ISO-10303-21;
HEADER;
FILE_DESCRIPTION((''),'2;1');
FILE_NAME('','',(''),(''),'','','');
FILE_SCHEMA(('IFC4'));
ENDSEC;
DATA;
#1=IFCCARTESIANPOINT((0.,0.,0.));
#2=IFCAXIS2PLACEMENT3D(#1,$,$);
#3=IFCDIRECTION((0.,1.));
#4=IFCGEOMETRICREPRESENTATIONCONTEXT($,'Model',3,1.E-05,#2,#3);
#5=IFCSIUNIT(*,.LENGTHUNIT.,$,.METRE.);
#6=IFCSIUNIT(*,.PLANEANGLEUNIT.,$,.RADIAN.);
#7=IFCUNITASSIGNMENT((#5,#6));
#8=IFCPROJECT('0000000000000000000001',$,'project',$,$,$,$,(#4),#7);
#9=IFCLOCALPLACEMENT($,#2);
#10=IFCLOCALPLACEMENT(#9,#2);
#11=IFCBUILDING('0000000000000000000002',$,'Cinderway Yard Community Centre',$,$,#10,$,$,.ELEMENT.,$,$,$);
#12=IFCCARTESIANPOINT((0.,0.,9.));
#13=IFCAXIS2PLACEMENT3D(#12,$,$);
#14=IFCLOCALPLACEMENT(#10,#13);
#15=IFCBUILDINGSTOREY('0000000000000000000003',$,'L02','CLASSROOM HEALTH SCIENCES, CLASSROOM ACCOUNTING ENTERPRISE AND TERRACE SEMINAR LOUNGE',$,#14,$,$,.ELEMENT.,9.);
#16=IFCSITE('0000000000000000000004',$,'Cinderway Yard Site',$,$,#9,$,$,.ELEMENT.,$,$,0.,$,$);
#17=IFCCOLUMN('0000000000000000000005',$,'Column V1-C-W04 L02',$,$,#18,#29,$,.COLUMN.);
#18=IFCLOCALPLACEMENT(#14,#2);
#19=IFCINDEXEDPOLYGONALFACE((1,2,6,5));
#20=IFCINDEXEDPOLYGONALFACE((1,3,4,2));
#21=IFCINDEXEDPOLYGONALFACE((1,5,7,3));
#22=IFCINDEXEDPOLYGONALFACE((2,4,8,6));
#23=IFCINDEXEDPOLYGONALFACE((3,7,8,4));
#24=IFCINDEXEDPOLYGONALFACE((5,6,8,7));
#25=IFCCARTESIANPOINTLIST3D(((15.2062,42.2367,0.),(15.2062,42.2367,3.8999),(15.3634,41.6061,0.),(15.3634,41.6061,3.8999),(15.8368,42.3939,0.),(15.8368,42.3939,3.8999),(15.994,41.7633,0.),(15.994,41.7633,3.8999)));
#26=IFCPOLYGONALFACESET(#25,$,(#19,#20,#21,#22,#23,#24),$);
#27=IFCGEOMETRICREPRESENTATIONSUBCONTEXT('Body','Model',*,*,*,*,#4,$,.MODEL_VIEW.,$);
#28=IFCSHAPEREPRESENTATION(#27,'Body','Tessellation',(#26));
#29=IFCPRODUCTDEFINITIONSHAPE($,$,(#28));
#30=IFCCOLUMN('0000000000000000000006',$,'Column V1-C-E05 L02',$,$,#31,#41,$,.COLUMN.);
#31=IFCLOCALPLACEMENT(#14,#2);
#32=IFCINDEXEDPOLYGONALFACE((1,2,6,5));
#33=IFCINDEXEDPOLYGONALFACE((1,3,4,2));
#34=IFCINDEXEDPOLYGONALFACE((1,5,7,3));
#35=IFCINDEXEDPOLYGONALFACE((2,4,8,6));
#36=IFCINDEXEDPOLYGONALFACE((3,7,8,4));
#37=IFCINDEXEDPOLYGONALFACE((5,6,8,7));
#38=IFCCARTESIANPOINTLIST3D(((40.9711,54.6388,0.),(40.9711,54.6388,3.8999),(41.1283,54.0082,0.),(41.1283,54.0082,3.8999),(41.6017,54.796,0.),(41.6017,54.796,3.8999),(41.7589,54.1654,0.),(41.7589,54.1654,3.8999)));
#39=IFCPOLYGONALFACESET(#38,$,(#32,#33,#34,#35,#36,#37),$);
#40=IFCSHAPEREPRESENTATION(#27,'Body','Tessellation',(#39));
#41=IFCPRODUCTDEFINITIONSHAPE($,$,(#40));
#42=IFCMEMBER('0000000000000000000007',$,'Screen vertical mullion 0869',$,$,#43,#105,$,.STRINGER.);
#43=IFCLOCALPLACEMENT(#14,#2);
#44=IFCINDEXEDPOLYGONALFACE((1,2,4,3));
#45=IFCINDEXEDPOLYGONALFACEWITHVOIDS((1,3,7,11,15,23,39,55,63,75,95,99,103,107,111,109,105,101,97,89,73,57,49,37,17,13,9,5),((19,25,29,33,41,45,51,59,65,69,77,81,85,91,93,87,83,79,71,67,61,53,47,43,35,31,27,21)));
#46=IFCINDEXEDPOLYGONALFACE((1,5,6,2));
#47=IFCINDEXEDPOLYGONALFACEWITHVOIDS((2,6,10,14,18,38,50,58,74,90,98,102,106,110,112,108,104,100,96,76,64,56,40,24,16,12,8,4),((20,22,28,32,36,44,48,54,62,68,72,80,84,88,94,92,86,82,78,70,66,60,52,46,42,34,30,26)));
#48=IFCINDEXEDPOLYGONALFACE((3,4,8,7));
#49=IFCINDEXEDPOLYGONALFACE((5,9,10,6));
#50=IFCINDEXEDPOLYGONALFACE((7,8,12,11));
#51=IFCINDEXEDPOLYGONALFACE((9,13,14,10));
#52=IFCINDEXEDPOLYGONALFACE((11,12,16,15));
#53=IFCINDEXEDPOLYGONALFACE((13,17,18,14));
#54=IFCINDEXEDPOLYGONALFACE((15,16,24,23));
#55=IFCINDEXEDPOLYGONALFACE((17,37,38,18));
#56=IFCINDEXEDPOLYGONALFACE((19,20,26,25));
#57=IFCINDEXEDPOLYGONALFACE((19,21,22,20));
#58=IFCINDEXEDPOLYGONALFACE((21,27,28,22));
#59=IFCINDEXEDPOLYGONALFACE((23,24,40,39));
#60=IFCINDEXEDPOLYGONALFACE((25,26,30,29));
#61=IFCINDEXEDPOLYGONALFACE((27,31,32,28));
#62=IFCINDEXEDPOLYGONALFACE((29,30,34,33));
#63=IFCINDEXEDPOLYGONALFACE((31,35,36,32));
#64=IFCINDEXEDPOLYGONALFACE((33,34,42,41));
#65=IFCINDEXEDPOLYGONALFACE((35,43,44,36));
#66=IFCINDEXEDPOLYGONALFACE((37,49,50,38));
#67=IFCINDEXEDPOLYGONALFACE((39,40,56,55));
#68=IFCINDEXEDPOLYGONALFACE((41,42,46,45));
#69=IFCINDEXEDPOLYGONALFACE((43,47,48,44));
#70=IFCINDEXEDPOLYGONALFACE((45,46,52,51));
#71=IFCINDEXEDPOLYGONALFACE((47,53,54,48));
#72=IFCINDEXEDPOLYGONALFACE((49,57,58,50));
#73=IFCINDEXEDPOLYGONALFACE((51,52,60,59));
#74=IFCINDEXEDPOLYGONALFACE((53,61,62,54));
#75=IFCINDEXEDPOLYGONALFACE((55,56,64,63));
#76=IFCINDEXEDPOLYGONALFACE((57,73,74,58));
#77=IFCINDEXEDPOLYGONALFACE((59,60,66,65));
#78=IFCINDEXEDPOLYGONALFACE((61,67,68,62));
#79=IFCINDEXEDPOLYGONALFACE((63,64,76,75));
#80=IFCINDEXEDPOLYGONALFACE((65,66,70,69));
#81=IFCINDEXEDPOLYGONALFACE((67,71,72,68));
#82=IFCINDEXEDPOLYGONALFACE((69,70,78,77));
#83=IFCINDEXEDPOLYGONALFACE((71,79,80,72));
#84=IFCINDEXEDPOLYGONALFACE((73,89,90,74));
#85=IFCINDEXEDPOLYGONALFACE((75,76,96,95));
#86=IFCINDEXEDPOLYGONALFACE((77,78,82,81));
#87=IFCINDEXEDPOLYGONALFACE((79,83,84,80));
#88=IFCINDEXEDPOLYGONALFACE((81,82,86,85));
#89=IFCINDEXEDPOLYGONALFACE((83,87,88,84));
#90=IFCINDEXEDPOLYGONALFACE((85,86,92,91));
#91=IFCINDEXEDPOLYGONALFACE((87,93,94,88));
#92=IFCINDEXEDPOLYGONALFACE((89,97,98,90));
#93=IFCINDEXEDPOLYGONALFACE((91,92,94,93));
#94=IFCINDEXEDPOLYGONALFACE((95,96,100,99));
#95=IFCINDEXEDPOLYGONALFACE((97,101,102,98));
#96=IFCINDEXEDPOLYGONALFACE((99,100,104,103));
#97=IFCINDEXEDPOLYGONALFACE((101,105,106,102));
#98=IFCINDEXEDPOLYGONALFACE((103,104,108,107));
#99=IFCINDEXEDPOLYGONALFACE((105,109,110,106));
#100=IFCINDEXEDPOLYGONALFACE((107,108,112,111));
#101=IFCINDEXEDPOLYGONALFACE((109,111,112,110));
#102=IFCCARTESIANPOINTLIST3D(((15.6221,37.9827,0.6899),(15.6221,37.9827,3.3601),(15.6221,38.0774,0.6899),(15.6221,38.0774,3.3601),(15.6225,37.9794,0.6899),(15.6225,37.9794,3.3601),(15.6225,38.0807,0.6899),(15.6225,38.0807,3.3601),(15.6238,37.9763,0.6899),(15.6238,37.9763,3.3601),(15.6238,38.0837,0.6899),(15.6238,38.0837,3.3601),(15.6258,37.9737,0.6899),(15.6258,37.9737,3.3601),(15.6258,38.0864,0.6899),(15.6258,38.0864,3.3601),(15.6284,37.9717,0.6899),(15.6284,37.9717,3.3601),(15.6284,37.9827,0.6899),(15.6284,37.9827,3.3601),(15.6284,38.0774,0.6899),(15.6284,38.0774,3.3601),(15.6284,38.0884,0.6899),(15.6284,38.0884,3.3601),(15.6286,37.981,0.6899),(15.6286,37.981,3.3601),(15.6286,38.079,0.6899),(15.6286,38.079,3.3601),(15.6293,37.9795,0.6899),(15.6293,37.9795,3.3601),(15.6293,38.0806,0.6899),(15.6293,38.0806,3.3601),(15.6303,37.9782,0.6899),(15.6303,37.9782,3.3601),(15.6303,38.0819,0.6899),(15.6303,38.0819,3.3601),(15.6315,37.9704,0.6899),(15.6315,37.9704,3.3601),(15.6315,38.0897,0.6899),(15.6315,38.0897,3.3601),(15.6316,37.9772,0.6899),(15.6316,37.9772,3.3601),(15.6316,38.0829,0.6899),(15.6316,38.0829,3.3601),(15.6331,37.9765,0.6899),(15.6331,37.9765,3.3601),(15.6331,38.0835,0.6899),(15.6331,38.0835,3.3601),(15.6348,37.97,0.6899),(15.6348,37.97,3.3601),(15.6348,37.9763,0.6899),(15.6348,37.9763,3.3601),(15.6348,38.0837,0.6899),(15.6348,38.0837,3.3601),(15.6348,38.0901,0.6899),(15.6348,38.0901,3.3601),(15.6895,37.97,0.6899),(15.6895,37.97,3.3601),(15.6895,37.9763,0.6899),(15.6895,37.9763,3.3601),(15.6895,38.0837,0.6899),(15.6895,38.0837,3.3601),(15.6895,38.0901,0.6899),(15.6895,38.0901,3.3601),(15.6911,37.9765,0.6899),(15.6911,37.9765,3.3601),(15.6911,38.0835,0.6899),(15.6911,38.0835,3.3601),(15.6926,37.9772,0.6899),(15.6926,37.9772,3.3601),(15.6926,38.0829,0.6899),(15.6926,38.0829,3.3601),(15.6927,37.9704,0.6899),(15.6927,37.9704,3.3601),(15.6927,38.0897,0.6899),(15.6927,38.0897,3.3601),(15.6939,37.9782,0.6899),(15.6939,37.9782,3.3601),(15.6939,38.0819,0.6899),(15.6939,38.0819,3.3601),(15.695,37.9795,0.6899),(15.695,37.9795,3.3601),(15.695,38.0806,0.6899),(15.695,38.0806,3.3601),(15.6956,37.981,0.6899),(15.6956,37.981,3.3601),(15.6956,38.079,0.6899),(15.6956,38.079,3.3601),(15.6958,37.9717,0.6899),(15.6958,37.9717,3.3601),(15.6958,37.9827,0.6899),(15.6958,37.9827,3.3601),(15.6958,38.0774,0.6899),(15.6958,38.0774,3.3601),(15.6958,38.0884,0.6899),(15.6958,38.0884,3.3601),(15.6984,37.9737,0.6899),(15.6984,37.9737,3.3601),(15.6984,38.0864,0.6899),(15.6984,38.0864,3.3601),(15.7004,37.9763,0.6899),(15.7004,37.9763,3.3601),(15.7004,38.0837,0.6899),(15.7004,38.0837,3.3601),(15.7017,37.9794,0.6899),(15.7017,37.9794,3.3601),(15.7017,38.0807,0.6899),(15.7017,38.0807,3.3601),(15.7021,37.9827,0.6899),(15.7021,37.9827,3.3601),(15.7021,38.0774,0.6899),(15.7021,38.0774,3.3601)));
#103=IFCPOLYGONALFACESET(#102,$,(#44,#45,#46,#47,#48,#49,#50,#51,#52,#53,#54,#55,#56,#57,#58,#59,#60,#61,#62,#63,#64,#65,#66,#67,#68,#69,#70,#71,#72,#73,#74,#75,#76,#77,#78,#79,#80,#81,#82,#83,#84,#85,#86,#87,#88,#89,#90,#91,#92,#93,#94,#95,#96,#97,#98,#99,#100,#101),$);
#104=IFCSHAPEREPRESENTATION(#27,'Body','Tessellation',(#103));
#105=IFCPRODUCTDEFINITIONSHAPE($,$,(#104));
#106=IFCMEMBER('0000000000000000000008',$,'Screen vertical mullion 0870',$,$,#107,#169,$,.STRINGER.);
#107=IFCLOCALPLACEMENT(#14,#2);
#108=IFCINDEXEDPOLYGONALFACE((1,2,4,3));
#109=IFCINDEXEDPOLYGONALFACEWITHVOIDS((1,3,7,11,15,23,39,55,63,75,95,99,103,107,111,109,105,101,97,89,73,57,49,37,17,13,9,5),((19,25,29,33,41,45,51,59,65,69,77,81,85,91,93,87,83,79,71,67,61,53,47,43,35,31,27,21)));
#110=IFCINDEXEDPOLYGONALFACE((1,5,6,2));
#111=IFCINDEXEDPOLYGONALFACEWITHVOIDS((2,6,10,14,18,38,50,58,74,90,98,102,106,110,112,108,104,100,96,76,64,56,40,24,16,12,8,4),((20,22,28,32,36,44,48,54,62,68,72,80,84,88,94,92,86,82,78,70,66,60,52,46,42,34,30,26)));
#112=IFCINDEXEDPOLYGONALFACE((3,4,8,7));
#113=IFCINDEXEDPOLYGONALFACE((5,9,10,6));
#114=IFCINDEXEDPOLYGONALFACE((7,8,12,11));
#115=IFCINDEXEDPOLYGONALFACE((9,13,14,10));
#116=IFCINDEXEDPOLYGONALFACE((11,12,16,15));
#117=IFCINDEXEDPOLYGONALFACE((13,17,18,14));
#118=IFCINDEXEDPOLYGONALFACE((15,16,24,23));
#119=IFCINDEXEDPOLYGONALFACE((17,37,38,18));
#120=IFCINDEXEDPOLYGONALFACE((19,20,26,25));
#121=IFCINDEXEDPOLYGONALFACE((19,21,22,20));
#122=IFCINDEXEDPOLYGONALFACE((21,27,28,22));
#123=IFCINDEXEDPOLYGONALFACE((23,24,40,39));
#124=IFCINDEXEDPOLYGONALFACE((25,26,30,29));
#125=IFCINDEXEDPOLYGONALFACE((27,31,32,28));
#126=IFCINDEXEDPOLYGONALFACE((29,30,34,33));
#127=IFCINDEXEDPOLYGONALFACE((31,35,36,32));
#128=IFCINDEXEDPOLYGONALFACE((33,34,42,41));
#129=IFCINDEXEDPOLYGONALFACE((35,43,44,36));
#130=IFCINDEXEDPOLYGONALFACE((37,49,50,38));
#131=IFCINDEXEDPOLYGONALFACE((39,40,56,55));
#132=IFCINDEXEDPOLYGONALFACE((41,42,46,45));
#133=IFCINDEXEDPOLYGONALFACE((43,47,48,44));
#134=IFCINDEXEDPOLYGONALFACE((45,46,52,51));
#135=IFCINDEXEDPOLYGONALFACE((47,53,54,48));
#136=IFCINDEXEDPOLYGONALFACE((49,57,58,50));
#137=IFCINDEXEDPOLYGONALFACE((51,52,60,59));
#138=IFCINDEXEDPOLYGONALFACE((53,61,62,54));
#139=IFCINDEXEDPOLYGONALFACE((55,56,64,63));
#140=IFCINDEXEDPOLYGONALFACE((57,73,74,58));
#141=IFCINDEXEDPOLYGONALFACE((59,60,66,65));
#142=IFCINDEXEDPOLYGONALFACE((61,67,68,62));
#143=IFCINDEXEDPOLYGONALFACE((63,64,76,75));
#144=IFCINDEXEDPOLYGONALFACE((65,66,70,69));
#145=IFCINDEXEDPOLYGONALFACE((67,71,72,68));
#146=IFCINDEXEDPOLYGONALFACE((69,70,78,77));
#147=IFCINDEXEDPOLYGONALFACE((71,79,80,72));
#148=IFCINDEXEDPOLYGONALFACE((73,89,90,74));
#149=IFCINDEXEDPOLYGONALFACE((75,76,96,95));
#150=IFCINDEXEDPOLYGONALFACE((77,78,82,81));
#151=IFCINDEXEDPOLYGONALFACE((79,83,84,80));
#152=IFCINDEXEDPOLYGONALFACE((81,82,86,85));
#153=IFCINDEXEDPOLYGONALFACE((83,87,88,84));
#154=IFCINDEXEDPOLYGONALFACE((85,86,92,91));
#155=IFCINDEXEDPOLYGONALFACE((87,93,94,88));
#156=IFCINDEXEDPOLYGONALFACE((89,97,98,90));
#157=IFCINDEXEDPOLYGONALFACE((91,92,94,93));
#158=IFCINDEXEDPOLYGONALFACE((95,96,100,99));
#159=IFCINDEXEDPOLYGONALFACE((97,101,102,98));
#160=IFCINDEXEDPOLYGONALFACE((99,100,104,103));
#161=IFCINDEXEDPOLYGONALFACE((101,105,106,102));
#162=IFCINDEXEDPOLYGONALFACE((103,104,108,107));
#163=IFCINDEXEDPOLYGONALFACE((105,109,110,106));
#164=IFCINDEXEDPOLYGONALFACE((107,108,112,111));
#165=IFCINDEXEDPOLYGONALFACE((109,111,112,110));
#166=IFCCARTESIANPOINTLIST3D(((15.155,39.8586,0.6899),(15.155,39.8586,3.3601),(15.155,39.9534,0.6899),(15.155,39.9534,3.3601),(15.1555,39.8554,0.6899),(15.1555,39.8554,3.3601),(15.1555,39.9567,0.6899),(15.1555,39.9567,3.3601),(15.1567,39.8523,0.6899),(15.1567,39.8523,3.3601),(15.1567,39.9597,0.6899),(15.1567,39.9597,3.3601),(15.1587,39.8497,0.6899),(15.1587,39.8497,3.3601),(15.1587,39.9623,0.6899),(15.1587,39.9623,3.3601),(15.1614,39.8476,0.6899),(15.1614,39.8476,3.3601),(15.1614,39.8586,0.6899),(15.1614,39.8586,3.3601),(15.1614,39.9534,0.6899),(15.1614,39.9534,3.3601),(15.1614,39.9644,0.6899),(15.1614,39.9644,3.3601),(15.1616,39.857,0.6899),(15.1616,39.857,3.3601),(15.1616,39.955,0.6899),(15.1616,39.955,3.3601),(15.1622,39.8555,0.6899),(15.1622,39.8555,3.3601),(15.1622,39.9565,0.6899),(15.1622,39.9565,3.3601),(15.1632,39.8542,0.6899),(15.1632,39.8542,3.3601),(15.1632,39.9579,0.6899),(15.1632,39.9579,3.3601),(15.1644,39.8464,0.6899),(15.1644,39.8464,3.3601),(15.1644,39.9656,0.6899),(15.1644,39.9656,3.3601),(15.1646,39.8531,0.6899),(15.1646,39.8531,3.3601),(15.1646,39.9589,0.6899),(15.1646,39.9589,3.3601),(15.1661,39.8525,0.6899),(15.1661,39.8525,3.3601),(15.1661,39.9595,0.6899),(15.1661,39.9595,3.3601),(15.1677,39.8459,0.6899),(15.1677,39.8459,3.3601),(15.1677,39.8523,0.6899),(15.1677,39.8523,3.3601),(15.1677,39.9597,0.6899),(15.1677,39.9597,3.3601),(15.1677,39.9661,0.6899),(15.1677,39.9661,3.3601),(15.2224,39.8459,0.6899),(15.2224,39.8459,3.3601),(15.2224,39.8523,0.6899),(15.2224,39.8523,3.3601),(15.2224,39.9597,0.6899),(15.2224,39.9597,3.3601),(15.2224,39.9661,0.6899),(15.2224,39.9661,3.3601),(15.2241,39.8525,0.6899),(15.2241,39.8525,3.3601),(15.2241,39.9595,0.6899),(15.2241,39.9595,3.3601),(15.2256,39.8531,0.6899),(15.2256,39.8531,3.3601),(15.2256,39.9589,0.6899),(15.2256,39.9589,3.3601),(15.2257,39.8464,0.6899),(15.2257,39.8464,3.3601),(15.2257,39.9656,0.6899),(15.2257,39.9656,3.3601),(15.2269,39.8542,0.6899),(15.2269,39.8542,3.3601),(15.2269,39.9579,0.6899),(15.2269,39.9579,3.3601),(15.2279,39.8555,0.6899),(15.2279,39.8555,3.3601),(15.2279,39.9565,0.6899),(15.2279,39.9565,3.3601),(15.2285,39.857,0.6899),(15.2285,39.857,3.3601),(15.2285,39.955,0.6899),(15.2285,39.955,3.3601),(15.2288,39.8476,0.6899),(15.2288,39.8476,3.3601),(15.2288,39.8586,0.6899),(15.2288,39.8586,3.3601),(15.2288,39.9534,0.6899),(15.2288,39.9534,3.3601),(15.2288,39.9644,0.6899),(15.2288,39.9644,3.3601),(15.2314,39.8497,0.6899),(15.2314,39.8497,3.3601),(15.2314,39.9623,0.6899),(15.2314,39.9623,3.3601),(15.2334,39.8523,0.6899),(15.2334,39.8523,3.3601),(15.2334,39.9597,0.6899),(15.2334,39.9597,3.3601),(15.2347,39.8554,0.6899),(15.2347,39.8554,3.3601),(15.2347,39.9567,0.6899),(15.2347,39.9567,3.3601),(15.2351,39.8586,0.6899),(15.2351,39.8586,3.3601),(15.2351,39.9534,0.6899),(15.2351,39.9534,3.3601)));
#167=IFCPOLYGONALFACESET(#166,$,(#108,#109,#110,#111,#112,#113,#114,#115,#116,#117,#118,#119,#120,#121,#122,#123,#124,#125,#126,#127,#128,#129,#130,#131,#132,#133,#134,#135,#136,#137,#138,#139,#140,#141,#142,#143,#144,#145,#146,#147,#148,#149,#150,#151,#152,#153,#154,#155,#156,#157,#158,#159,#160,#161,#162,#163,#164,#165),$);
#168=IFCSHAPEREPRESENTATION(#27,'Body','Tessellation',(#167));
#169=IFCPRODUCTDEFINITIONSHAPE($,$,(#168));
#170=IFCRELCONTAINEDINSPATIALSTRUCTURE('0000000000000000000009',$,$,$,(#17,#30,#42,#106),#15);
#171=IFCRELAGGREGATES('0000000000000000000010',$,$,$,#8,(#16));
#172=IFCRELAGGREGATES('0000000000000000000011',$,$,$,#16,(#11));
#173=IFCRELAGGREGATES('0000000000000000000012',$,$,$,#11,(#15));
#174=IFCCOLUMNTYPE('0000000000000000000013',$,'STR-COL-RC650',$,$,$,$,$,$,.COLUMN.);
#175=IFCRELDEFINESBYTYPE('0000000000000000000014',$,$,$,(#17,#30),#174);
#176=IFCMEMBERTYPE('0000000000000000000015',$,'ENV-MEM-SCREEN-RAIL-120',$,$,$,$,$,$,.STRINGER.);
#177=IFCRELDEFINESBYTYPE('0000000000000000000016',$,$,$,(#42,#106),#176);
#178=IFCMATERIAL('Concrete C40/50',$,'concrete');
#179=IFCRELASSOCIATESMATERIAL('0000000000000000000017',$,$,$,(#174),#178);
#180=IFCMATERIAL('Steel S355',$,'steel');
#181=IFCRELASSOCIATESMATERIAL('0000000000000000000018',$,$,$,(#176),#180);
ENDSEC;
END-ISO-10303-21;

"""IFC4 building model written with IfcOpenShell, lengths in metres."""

from ifc_helpers import new_model, si_unit, direction, frame, origin, origin_2d, place, context, subcontext, project, spatial, rectangle, hollow_rectangle, extrude, material, material_profile, profile_set, type_object, element, save


model = new_model("IFC4")

# Units and contexts
model_context = context("Model", 3, precision=1e-05, world=origin(), true_north=direction((0.0, 1.0)))
body_context = subcontext(model_context, "Body", "Model", "MODEL_VIEW")
ifc_project = project(units=[si_unit("LENGTHUNIT", "METRE"), si_unit("PLANEANGLEUNIT", "RADIAN")], contexts=[model_context])

# Site, building, storey
site_placement = place(None, origin())
site = spatial("IfcSite", under=ifc_project, at=site_placement, Name="Cinderway Yard Site", CompositionType="ELEMENT", RefElevation=0.0)
building_placement = place(site_placement, origin())
building = spatial("IfcBuilding", under=site, at=building_placement, Name="Cinderway Yard Community Centre", CompositionType="ELEMENT")
storey_placement = place(building_placement, frame((0.0, 0.0, 9.0)))
storey = spatial("IfcBuildingStorey", under=building, at=storey_placement, Name="L02", Description="CLASSROOM HEALTH SCIENCES, CLASSROOM ACCOUNTING ENTERPRISE AND TERRACE SEMINAR LOUNGE", CompositionType="ELEMENT", Elevation=9.0)

# Columns
ifc_material_1 = material(Name="Concrete C40/50", Category="concrete")
ifc_material_profile_1 = material_profile(ifc_material_1, rectangle(XDim=0.6499, YDim=0.6499, at=origin_2d()), Name="Concrete C40/50")
ifc_profile_set_1 = profile_set([ifc_material_profile_1], Name="Concrete C40/50")
column_type = type_object("IfcColumnType", Name="STR-COL-RC650", PredefinedType="COLUMN", material=ifc_profile_set_1)
for number, where, z_axis, x_axis, name in (
    (1, (15.6001, 42.0, 0.0), (0.0, 0.0, 1.0), (0.970296, 0.241922, 0.0), "Column V1-C-W04 L02"),
    (2, (41.365, 54.4021, 0.0), (0.0, 0.0, 1.0), (0.970296, 0.241922, 0.0), "Column V1-C-E05 L02"),
):
    element("IfcColumn", number, at=place(storey_placement, frame(where, z_axis=z_axis, x_axis=x_axis)), inside=storey, type_object=column_type, Name=name, PredefinedType="COLUMN", context=body_context, shape_type="SweptSolid", body=[
        extrude(rectangle(XDim=0.6499, YDim=0.6499, at=origin_2d()), origin(), (0.0, 0.0, 1.0), 3.8999),
    ])

# Members
ifc_material_2 = material(Name="Steel S355", Category="steel")
ifc_material_profile_2 = material_profile(ifc_material_2, hollow_rectangle(XDim=0.0801, YDim=0.1201, WallThickness=0.0063, InnerFilletRadius=0.0063, OuterFilletRadius=0.0127, at=origin_2d()), Name="Steel S355")
ifc_profile_set_2 = profile_set([ifc_material_profile_2], Name="Steel S355")
member_type_1 = type_object("IfcMemberType", Name="ENV-MEM-SCREEN-RAIL-120", PredefinedType="STRINGER", material=ifc_profile_set_2)
for number, where, z_axis, x_axis, name in (
    (3, (15.6621, 38.03, 0.6899), (0.0, 0.0, 1.0), (1.0, 0.0, 0.0), "Screen vertical mullion 0869"),
    (4, (15.1951, 39.906, 0.6899), (0.0, 0.0, 1.0), (1.0, 0.0, 0.0), "Screen vertical mullion 0870"),
):
    element("IfcMember", number, at=place(storey_placement, frame(where, z_axis=z_axis, x_axis=x_axis)), inside=storey, type_object=member_type_1, Name=name, PredefinedType="STRINGER", context=body_context, shape_type="SweptSolid", body=[
        extrude(hollow_rectangle(XDim=0.0801, YDim=0.1201, WallThickness=0.0063, InnerFilletRadius=0.0063, OuterFilletRadius=0.0127, at=origin_2d()), origin(), (0.0, 0.0, 1.0), 2.6702),
    ])

save(model, "model.ifc")
